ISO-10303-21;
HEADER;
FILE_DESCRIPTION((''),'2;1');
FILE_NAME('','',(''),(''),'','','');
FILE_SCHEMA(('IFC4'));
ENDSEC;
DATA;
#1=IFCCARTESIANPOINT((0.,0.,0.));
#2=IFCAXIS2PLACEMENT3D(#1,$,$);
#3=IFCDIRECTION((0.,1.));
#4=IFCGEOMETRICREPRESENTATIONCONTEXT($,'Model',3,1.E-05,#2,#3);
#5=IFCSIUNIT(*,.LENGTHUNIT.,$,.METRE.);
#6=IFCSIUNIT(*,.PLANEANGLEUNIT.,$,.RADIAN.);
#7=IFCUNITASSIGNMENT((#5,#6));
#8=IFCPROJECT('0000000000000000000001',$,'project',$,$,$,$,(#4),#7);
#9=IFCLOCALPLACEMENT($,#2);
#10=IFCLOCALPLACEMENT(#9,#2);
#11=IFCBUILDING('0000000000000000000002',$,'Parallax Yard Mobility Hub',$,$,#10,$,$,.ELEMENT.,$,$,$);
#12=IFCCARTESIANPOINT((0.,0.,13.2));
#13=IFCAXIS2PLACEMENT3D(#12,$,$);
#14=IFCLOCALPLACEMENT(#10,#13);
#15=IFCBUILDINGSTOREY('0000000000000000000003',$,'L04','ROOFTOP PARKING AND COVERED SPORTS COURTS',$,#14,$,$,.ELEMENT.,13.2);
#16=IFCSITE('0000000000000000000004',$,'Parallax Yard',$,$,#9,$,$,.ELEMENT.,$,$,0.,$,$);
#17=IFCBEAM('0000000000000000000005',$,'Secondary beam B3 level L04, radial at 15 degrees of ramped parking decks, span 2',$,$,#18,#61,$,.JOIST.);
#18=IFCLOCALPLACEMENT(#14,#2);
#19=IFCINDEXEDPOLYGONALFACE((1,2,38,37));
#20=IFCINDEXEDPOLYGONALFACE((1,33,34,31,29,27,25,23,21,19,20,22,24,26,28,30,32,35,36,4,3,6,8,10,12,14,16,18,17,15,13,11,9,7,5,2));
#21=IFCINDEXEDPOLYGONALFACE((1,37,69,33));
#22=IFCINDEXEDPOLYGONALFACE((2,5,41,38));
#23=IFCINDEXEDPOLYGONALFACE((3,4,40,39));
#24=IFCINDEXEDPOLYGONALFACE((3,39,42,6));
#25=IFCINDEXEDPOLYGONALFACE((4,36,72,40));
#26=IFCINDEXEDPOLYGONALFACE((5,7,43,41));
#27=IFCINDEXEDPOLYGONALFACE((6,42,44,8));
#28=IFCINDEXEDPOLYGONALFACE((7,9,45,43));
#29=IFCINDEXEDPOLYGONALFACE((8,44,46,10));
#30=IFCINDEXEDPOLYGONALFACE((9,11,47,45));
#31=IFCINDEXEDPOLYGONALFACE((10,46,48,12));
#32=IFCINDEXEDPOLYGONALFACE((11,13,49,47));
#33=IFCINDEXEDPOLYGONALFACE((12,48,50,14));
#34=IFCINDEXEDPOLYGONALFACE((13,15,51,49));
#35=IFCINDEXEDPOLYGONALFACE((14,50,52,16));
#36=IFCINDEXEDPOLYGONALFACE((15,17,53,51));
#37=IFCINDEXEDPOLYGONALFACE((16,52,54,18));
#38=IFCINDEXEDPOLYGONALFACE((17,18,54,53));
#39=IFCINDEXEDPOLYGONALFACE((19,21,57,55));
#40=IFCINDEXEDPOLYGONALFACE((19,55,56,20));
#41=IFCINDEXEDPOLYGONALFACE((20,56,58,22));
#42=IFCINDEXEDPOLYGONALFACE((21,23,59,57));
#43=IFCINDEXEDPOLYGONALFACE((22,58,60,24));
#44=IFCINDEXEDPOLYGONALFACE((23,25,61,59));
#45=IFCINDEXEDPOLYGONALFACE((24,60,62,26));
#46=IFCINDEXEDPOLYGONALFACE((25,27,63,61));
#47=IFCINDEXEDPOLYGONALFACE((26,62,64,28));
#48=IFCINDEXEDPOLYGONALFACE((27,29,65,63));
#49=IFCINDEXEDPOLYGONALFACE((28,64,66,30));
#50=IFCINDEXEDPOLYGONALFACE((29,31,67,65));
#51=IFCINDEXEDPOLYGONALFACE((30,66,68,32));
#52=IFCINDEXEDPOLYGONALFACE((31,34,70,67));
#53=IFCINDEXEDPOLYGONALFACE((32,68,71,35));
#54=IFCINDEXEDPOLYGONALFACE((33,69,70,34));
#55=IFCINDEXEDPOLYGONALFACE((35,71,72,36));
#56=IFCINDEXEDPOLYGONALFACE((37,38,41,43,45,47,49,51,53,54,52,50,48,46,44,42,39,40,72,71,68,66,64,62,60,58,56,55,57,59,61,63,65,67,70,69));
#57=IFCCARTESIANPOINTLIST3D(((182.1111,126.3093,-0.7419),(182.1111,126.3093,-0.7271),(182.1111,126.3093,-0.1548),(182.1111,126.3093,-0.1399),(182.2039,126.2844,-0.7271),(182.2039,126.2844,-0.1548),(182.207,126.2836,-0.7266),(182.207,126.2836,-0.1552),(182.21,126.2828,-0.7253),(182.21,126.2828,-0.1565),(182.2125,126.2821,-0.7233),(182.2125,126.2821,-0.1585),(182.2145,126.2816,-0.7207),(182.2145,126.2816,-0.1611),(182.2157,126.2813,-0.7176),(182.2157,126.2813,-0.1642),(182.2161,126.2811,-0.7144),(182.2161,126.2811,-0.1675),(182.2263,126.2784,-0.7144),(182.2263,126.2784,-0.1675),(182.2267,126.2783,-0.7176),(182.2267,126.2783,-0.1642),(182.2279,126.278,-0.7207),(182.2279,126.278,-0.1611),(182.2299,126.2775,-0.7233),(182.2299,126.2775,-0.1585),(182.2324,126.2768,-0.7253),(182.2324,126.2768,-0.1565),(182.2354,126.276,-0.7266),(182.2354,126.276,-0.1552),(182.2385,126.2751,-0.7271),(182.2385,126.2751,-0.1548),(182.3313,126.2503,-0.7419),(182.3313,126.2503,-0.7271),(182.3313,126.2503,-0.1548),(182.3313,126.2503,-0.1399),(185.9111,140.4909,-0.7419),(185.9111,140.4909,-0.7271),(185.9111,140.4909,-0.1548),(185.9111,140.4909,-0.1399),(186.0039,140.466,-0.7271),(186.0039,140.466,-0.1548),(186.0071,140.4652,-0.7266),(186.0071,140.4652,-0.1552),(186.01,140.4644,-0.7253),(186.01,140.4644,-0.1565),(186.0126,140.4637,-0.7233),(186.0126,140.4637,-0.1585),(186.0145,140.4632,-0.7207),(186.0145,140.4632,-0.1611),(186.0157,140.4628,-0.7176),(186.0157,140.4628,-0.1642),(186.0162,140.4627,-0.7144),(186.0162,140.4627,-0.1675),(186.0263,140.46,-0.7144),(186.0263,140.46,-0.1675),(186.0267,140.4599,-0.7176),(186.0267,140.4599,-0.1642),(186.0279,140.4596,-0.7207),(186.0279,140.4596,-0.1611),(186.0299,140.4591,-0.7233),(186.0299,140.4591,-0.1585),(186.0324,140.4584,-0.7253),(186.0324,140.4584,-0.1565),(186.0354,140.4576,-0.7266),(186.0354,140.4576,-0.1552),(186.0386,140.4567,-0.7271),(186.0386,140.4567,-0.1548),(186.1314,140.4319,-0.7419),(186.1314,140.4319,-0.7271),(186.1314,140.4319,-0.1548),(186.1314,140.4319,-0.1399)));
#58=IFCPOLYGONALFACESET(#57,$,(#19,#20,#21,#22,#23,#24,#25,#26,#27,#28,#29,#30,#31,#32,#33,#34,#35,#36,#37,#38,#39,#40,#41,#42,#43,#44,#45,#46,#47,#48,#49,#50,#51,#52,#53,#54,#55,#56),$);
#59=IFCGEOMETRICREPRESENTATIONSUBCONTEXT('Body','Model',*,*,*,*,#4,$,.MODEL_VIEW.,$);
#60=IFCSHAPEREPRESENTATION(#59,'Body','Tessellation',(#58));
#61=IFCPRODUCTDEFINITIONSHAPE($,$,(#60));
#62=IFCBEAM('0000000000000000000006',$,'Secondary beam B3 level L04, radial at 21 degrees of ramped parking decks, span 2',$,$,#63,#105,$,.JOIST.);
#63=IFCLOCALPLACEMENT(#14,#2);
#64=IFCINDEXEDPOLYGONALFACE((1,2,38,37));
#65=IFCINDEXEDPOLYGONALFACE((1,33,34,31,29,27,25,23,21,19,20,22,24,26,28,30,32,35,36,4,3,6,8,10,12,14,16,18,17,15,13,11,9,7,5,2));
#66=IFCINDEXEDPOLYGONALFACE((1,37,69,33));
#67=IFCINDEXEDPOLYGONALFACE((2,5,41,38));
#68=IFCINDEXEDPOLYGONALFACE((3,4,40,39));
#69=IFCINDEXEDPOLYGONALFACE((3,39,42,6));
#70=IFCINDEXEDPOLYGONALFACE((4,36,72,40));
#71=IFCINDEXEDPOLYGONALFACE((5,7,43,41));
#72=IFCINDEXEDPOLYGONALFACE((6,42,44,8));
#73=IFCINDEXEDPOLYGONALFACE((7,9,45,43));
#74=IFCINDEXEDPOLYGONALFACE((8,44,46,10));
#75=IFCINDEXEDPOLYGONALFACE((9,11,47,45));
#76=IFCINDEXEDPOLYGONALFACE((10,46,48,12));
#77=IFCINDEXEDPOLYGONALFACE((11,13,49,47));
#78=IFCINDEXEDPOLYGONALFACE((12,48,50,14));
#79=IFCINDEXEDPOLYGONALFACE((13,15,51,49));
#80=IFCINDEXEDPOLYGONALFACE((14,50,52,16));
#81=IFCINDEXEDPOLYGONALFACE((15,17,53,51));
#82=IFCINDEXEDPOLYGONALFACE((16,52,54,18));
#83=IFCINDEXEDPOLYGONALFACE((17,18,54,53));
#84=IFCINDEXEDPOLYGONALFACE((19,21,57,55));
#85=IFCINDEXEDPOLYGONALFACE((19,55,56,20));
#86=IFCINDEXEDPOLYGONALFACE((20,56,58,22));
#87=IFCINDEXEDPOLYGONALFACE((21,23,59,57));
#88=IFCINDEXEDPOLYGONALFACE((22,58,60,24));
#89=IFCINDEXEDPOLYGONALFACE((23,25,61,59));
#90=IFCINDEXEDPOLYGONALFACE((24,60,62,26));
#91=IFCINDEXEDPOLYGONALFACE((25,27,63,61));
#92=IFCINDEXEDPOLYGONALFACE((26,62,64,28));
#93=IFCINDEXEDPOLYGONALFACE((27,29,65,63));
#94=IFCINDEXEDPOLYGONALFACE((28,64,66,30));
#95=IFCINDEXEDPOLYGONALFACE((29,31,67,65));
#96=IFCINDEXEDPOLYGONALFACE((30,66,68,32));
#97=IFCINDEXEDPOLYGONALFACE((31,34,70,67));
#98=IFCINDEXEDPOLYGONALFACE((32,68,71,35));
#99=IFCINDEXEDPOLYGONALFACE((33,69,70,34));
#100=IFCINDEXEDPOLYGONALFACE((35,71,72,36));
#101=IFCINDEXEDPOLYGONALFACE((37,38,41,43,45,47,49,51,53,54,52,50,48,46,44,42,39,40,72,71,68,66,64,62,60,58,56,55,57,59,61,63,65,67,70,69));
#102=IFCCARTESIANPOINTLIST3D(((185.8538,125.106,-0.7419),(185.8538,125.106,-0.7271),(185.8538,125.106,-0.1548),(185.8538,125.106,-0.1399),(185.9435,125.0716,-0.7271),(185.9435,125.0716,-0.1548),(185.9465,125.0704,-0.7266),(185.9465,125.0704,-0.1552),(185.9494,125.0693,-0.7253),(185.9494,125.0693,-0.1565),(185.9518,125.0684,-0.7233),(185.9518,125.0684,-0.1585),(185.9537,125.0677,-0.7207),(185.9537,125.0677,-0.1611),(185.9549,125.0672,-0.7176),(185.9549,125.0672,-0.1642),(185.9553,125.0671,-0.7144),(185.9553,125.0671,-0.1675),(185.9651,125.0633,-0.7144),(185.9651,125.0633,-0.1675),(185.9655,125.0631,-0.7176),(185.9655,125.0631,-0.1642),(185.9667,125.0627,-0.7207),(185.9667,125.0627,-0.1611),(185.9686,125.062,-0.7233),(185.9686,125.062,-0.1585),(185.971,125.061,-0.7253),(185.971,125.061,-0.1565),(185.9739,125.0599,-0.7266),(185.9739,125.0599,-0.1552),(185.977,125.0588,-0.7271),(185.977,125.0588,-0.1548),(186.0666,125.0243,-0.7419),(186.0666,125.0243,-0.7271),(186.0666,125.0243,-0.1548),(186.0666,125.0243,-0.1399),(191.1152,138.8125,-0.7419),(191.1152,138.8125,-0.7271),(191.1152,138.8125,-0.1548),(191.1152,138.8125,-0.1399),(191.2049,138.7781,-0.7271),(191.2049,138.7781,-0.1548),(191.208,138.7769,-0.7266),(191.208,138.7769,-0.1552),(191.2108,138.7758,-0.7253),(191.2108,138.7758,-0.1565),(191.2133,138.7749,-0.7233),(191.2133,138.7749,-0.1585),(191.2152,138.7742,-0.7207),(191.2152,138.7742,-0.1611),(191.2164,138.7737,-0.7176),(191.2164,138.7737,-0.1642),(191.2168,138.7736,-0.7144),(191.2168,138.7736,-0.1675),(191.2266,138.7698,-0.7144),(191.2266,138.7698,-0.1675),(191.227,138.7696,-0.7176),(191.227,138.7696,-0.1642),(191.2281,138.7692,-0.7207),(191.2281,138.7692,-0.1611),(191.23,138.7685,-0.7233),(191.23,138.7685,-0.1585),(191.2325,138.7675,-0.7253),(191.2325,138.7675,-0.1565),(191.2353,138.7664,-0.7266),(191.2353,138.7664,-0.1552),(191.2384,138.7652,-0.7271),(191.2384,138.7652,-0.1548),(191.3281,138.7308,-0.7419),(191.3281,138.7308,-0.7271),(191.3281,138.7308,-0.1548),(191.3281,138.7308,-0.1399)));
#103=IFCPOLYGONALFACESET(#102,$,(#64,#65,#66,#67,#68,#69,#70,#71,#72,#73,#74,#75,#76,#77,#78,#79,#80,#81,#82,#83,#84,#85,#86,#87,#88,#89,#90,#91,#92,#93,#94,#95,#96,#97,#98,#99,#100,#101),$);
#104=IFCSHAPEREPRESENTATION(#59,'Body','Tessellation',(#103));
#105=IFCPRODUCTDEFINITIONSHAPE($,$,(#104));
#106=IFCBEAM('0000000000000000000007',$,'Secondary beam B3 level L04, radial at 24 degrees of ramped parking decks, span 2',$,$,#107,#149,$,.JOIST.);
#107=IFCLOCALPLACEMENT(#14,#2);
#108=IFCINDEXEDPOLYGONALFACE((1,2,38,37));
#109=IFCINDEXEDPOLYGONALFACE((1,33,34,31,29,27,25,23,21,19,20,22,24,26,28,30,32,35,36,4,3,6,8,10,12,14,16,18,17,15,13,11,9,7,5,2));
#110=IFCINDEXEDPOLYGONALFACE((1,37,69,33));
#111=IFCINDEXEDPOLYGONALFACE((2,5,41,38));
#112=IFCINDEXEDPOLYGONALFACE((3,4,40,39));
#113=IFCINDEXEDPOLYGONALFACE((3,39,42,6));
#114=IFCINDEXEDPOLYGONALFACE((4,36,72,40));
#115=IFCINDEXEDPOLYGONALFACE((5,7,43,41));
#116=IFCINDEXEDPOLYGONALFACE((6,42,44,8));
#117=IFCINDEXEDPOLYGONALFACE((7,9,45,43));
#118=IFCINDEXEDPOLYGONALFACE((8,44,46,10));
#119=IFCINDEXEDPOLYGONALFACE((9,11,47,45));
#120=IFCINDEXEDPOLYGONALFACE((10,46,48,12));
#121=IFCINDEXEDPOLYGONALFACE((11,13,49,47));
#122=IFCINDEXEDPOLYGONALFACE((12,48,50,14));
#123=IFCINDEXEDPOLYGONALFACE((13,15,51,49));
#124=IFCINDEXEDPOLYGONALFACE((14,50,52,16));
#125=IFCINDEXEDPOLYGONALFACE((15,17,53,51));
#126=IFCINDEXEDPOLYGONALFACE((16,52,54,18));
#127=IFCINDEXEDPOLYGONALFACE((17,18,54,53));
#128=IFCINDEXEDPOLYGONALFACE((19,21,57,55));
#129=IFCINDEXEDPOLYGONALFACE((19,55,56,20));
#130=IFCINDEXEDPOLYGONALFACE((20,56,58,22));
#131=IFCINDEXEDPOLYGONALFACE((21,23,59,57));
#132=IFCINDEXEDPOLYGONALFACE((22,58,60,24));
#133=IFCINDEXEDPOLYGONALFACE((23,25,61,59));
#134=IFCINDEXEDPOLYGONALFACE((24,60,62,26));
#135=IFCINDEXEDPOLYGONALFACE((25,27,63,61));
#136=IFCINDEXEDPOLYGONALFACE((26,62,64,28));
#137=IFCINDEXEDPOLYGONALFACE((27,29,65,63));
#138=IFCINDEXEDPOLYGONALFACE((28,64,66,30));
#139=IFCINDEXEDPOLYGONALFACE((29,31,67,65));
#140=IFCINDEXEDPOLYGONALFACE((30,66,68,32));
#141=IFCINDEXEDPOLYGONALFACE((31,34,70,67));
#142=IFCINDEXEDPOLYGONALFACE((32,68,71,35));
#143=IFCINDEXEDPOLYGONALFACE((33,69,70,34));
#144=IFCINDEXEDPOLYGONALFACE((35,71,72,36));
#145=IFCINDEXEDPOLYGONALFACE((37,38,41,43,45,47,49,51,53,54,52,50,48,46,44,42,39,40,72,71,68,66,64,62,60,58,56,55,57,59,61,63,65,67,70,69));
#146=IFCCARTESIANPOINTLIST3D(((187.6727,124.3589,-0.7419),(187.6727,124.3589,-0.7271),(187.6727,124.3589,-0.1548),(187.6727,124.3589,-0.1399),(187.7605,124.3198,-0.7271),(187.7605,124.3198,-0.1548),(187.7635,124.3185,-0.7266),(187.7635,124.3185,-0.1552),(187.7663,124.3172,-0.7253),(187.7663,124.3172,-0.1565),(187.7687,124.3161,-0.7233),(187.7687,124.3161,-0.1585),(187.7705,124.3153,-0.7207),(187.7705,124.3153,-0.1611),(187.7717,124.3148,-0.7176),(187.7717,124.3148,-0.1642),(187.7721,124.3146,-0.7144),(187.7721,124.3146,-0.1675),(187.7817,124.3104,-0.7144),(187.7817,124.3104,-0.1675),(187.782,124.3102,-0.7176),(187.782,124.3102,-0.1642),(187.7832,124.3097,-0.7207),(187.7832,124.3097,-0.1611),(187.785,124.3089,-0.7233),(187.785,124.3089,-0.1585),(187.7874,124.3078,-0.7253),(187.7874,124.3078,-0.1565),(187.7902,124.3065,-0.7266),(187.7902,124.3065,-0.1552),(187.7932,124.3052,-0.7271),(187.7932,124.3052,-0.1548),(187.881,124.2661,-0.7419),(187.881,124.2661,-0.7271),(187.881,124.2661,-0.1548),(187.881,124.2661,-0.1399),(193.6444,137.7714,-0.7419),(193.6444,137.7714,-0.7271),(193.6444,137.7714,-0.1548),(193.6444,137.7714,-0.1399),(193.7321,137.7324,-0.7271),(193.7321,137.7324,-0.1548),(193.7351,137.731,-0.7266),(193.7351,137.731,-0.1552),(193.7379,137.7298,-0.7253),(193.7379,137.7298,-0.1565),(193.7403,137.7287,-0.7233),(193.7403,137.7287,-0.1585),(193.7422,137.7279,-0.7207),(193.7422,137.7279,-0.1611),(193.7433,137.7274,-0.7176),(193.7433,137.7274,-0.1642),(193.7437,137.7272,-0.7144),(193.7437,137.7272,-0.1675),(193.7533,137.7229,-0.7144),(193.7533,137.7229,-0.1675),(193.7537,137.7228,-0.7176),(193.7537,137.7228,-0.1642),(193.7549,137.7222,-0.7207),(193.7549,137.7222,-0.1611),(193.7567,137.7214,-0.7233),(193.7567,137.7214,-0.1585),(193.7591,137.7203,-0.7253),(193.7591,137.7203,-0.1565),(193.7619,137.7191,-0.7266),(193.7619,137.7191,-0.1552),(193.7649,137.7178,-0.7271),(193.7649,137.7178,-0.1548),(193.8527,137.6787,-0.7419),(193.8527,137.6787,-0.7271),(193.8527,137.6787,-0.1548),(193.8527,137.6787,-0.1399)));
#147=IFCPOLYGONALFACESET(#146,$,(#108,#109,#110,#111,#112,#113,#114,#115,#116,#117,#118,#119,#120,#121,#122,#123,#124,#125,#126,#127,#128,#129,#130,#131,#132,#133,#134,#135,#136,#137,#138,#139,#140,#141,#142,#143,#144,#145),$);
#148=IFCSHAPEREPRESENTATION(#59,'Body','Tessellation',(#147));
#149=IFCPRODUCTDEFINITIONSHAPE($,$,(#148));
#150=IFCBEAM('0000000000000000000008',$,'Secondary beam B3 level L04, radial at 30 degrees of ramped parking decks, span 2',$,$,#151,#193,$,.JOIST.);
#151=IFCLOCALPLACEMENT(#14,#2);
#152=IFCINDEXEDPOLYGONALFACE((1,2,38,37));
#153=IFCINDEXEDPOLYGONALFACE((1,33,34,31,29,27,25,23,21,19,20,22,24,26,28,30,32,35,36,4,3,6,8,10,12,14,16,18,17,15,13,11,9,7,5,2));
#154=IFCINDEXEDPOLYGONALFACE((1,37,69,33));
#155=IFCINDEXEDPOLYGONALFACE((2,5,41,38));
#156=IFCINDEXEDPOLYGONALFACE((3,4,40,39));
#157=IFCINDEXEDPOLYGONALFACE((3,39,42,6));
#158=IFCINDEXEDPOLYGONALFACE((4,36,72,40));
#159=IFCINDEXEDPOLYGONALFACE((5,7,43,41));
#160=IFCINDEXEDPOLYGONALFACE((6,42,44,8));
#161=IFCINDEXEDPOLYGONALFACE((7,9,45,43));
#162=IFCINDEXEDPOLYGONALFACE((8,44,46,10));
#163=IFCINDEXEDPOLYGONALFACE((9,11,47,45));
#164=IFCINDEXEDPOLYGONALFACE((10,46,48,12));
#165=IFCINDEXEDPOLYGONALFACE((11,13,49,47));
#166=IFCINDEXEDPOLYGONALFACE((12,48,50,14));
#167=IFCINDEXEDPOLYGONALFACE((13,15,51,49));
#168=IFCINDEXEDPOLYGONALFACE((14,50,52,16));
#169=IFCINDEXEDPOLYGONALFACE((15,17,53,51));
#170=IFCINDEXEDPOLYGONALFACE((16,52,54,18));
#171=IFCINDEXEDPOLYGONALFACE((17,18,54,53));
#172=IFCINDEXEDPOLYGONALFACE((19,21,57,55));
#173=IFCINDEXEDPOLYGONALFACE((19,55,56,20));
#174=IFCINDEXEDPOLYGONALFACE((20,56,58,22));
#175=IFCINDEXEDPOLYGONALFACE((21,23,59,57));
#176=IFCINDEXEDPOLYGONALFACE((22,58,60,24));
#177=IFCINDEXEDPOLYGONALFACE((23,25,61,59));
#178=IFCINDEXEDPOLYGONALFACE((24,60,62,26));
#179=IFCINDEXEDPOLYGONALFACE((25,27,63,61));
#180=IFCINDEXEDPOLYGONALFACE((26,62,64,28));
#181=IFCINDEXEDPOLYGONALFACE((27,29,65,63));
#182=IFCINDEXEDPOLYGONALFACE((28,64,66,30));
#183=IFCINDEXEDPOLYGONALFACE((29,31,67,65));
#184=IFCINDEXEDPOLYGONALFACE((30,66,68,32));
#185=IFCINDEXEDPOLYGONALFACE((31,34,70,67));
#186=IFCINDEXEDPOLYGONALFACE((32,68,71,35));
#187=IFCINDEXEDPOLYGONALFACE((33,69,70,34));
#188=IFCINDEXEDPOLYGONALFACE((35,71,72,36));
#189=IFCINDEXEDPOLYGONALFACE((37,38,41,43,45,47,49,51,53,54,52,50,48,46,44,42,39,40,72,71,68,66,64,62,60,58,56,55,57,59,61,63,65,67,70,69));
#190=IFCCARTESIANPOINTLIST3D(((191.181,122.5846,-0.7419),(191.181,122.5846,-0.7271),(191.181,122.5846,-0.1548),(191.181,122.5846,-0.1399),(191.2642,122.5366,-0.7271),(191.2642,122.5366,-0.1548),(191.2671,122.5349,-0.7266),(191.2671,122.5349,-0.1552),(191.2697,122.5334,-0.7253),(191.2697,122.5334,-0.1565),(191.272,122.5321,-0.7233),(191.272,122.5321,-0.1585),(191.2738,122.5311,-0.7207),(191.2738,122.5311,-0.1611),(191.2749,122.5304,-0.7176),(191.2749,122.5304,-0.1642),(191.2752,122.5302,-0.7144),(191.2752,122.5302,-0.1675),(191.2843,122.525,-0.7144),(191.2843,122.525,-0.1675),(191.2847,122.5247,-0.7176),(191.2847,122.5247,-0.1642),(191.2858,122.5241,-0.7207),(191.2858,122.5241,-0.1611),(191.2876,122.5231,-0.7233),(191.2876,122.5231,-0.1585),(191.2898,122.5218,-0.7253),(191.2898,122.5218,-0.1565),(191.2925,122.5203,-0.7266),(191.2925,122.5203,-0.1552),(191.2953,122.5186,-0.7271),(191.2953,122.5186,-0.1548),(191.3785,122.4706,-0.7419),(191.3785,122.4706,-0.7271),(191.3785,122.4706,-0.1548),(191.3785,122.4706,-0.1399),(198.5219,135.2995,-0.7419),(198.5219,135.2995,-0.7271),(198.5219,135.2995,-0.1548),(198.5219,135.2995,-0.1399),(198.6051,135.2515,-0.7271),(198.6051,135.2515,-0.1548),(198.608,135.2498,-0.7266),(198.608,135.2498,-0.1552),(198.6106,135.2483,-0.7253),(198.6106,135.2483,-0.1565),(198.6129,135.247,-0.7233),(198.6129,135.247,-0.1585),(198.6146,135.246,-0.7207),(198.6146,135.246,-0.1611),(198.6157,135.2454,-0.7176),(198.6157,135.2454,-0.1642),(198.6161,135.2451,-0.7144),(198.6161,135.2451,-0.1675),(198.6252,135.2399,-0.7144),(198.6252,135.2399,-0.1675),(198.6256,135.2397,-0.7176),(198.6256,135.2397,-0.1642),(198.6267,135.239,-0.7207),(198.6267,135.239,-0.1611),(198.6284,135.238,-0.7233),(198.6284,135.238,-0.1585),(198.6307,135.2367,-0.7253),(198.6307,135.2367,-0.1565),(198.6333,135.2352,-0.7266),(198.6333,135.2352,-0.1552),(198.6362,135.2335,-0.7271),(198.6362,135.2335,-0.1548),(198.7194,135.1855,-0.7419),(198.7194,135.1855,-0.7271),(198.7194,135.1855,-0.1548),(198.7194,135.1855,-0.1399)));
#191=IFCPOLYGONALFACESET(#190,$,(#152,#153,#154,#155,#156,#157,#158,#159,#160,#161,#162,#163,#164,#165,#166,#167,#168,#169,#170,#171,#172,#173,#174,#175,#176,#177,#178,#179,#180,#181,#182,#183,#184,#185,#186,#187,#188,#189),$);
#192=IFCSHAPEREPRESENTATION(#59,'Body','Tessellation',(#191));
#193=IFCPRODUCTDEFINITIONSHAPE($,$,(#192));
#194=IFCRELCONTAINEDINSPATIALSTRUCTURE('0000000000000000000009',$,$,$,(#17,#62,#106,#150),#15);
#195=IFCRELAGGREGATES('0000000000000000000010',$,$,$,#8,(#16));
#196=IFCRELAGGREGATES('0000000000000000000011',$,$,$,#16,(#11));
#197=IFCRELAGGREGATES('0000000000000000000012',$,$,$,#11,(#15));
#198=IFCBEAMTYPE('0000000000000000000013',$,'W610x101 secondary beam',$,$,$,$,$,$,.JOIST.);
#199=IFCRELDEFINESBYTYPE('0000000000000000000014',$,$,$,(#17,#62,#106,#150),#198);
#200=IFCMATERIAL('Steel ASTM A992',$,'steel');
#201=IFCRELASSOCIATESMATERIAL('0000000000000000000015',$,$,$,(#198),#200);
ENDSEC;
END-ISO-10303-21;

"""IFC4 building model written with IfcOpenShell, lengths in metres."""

from ifc_helpers import new_model, si_unit, direction, frame, origin, origin_2d, place, context, subcontext, project, spatial, i_section, extrude, material, material_profile, profile_set, type_object, element, save


model = new_model("IFC4")

# Units and contexts
model_context = context("Model", 3, precision=1e-05, world=origin(), true_north=direction((0.0, 1.0)))
body_context = subcontext(model_context, "Body", "Model", "MODEL_VIEW")
ifc_project = project(units=[si_unit("LENGTHUNIT", "METRE"), si_unit("PLANEANGLEUNIT", "RADIAN")], contexts=[model_context])

# Site, building, storey
site_placement = place(None, origin())
site = spatial("IfcSite", under=ifc_project, at=site_placement, Name="Parallax Yard", CompositionType="ELEMENT", RefElevation=0.0)
building_placement = place(site_placement, origin())
building = spatial("IfcBuilding", under=site, at=building_placement, Name="Parallax Yard Mobility Hub", CompositionType="ELEMENT")
storey_placement = place(building_placement, frame((0.0, 0.0, 13.2)))
storey = spatial("IfcBuildingStorey", under=building, at=storey_placement, Name="L04", Description="ROOFTOP PARKING AND COVERED SPORTS COURTS", CompositionType="ELEMENT", Elevation=13.2)

# Shared definitions
ifc_material_1 = material(Name="Steel ASTM A992", Category="steel")

# Beams
ifc_material_profile_1 = material_profile(ifc_material_1, i_section(OverallWidth=0.228, OverallDepth=0.6021, WebThickness=0.0105, FlangeThickness=0.0149, FilletRadius=0.0127, at=origin_2d()), Name="W610x101")
ifc_profile_set_1 = profile_set([ifc_material_profile_1], Name="Steel ASTM A992")
beam_type_1 = type_object("IfcBeamType", Name="W610x101 secondary beam", PredefinedType="JOIST", material=ifc_profile_set_1)
for number, where, z_axis, x_axis, name in (
    (1, (182.2212, 126.2798, -0.4409), (0.258825, 0.965924, 0.0), (-0.965924, 0.258825, 0.0), "Secondary beam B3 level L04, radial at 15 degrees of ramped parking decks, span 2"),
):
    element("IfcBeam", number, at=place(storey_placement, frame(where, z_axis=z_axis, x_axis=x_axis)), inside=storey, type_object=beam_type_1, Name=name, PredefinedType="JOIST", context=body_context, shape_type="SweptSolid", body=[
        extrude(i_section(OverallWidth=0.228, OverallDepth=0.6021, WebThickness=0.0105, FlangeThickness=0.0149, FilletRadius=0.0127, at=origin_2d()), origin(), (0.0, 0.0, 1.0), 14.6819),
    ])
beam_1_placement = place(storey_placement, frame((185.9602, 125.0652, -0.4409), z_axis=(0.358369, 0.93358, 0.0), x_axis=(-0.93358, 0.358369, 0.0)))
element("IfcBeam", 2, at=beam_1_placement, inside=storey, type_object=beam_type_1, Name="Secondary beam B3 level L04, radial at 21 degrees of ramped parking decks, span 2", PredefinedType="JOIST", context=body_context, shape_type="SweptSolid", body=[
    extrude(i_section(OverallWidth=0.228, OverallDepth=0.6021, WebThickness=0.0105, FlangeThickness=0.0149, FilletRadius=0.0127, at=origin_2d()), origin(), (0.0, 0.0, 1.0), 14.6816),
])
for number, where, z_axis, x_axis, name in (
    (3, (187.7769, 124.3125, -0.4409), (0.406737, 0.913545, 0.0), (-0.913545, 0.406737, 0.0), "Secondary beam B3 level L04, radial at 24 degrees of ramped parking decks, span 2"),
    (4, (191.2798, 122.5276, -0.4409), (0.499995, 0.866028, 0.0), (-0.866028, 0.499995, 0.0), "Secondary beam B3 level L04, radial at 30 degrees of ramped parking decks, span 2"),
):
    element("IfcBeam", number, at=place(storey_placement, frame(where, z_axis=z_axis, x_axis=x_axis)), inside=storey, type_object=beam_type_1, Name=name, PredefinedType="JOIST", context=body_context, shape_type="SweptSolid", body=[
        extrude(i_section(OverallWidth=0.228, OverallDepth=0.6021, WebThickness=0.0105, FlangeThickness=0.0149, FilletRadius=0.0127, at=origin_2d()), origin(), (0.0, 0.0, 1.0), 14.6819),
    ])

save(model, "model.ifc")
